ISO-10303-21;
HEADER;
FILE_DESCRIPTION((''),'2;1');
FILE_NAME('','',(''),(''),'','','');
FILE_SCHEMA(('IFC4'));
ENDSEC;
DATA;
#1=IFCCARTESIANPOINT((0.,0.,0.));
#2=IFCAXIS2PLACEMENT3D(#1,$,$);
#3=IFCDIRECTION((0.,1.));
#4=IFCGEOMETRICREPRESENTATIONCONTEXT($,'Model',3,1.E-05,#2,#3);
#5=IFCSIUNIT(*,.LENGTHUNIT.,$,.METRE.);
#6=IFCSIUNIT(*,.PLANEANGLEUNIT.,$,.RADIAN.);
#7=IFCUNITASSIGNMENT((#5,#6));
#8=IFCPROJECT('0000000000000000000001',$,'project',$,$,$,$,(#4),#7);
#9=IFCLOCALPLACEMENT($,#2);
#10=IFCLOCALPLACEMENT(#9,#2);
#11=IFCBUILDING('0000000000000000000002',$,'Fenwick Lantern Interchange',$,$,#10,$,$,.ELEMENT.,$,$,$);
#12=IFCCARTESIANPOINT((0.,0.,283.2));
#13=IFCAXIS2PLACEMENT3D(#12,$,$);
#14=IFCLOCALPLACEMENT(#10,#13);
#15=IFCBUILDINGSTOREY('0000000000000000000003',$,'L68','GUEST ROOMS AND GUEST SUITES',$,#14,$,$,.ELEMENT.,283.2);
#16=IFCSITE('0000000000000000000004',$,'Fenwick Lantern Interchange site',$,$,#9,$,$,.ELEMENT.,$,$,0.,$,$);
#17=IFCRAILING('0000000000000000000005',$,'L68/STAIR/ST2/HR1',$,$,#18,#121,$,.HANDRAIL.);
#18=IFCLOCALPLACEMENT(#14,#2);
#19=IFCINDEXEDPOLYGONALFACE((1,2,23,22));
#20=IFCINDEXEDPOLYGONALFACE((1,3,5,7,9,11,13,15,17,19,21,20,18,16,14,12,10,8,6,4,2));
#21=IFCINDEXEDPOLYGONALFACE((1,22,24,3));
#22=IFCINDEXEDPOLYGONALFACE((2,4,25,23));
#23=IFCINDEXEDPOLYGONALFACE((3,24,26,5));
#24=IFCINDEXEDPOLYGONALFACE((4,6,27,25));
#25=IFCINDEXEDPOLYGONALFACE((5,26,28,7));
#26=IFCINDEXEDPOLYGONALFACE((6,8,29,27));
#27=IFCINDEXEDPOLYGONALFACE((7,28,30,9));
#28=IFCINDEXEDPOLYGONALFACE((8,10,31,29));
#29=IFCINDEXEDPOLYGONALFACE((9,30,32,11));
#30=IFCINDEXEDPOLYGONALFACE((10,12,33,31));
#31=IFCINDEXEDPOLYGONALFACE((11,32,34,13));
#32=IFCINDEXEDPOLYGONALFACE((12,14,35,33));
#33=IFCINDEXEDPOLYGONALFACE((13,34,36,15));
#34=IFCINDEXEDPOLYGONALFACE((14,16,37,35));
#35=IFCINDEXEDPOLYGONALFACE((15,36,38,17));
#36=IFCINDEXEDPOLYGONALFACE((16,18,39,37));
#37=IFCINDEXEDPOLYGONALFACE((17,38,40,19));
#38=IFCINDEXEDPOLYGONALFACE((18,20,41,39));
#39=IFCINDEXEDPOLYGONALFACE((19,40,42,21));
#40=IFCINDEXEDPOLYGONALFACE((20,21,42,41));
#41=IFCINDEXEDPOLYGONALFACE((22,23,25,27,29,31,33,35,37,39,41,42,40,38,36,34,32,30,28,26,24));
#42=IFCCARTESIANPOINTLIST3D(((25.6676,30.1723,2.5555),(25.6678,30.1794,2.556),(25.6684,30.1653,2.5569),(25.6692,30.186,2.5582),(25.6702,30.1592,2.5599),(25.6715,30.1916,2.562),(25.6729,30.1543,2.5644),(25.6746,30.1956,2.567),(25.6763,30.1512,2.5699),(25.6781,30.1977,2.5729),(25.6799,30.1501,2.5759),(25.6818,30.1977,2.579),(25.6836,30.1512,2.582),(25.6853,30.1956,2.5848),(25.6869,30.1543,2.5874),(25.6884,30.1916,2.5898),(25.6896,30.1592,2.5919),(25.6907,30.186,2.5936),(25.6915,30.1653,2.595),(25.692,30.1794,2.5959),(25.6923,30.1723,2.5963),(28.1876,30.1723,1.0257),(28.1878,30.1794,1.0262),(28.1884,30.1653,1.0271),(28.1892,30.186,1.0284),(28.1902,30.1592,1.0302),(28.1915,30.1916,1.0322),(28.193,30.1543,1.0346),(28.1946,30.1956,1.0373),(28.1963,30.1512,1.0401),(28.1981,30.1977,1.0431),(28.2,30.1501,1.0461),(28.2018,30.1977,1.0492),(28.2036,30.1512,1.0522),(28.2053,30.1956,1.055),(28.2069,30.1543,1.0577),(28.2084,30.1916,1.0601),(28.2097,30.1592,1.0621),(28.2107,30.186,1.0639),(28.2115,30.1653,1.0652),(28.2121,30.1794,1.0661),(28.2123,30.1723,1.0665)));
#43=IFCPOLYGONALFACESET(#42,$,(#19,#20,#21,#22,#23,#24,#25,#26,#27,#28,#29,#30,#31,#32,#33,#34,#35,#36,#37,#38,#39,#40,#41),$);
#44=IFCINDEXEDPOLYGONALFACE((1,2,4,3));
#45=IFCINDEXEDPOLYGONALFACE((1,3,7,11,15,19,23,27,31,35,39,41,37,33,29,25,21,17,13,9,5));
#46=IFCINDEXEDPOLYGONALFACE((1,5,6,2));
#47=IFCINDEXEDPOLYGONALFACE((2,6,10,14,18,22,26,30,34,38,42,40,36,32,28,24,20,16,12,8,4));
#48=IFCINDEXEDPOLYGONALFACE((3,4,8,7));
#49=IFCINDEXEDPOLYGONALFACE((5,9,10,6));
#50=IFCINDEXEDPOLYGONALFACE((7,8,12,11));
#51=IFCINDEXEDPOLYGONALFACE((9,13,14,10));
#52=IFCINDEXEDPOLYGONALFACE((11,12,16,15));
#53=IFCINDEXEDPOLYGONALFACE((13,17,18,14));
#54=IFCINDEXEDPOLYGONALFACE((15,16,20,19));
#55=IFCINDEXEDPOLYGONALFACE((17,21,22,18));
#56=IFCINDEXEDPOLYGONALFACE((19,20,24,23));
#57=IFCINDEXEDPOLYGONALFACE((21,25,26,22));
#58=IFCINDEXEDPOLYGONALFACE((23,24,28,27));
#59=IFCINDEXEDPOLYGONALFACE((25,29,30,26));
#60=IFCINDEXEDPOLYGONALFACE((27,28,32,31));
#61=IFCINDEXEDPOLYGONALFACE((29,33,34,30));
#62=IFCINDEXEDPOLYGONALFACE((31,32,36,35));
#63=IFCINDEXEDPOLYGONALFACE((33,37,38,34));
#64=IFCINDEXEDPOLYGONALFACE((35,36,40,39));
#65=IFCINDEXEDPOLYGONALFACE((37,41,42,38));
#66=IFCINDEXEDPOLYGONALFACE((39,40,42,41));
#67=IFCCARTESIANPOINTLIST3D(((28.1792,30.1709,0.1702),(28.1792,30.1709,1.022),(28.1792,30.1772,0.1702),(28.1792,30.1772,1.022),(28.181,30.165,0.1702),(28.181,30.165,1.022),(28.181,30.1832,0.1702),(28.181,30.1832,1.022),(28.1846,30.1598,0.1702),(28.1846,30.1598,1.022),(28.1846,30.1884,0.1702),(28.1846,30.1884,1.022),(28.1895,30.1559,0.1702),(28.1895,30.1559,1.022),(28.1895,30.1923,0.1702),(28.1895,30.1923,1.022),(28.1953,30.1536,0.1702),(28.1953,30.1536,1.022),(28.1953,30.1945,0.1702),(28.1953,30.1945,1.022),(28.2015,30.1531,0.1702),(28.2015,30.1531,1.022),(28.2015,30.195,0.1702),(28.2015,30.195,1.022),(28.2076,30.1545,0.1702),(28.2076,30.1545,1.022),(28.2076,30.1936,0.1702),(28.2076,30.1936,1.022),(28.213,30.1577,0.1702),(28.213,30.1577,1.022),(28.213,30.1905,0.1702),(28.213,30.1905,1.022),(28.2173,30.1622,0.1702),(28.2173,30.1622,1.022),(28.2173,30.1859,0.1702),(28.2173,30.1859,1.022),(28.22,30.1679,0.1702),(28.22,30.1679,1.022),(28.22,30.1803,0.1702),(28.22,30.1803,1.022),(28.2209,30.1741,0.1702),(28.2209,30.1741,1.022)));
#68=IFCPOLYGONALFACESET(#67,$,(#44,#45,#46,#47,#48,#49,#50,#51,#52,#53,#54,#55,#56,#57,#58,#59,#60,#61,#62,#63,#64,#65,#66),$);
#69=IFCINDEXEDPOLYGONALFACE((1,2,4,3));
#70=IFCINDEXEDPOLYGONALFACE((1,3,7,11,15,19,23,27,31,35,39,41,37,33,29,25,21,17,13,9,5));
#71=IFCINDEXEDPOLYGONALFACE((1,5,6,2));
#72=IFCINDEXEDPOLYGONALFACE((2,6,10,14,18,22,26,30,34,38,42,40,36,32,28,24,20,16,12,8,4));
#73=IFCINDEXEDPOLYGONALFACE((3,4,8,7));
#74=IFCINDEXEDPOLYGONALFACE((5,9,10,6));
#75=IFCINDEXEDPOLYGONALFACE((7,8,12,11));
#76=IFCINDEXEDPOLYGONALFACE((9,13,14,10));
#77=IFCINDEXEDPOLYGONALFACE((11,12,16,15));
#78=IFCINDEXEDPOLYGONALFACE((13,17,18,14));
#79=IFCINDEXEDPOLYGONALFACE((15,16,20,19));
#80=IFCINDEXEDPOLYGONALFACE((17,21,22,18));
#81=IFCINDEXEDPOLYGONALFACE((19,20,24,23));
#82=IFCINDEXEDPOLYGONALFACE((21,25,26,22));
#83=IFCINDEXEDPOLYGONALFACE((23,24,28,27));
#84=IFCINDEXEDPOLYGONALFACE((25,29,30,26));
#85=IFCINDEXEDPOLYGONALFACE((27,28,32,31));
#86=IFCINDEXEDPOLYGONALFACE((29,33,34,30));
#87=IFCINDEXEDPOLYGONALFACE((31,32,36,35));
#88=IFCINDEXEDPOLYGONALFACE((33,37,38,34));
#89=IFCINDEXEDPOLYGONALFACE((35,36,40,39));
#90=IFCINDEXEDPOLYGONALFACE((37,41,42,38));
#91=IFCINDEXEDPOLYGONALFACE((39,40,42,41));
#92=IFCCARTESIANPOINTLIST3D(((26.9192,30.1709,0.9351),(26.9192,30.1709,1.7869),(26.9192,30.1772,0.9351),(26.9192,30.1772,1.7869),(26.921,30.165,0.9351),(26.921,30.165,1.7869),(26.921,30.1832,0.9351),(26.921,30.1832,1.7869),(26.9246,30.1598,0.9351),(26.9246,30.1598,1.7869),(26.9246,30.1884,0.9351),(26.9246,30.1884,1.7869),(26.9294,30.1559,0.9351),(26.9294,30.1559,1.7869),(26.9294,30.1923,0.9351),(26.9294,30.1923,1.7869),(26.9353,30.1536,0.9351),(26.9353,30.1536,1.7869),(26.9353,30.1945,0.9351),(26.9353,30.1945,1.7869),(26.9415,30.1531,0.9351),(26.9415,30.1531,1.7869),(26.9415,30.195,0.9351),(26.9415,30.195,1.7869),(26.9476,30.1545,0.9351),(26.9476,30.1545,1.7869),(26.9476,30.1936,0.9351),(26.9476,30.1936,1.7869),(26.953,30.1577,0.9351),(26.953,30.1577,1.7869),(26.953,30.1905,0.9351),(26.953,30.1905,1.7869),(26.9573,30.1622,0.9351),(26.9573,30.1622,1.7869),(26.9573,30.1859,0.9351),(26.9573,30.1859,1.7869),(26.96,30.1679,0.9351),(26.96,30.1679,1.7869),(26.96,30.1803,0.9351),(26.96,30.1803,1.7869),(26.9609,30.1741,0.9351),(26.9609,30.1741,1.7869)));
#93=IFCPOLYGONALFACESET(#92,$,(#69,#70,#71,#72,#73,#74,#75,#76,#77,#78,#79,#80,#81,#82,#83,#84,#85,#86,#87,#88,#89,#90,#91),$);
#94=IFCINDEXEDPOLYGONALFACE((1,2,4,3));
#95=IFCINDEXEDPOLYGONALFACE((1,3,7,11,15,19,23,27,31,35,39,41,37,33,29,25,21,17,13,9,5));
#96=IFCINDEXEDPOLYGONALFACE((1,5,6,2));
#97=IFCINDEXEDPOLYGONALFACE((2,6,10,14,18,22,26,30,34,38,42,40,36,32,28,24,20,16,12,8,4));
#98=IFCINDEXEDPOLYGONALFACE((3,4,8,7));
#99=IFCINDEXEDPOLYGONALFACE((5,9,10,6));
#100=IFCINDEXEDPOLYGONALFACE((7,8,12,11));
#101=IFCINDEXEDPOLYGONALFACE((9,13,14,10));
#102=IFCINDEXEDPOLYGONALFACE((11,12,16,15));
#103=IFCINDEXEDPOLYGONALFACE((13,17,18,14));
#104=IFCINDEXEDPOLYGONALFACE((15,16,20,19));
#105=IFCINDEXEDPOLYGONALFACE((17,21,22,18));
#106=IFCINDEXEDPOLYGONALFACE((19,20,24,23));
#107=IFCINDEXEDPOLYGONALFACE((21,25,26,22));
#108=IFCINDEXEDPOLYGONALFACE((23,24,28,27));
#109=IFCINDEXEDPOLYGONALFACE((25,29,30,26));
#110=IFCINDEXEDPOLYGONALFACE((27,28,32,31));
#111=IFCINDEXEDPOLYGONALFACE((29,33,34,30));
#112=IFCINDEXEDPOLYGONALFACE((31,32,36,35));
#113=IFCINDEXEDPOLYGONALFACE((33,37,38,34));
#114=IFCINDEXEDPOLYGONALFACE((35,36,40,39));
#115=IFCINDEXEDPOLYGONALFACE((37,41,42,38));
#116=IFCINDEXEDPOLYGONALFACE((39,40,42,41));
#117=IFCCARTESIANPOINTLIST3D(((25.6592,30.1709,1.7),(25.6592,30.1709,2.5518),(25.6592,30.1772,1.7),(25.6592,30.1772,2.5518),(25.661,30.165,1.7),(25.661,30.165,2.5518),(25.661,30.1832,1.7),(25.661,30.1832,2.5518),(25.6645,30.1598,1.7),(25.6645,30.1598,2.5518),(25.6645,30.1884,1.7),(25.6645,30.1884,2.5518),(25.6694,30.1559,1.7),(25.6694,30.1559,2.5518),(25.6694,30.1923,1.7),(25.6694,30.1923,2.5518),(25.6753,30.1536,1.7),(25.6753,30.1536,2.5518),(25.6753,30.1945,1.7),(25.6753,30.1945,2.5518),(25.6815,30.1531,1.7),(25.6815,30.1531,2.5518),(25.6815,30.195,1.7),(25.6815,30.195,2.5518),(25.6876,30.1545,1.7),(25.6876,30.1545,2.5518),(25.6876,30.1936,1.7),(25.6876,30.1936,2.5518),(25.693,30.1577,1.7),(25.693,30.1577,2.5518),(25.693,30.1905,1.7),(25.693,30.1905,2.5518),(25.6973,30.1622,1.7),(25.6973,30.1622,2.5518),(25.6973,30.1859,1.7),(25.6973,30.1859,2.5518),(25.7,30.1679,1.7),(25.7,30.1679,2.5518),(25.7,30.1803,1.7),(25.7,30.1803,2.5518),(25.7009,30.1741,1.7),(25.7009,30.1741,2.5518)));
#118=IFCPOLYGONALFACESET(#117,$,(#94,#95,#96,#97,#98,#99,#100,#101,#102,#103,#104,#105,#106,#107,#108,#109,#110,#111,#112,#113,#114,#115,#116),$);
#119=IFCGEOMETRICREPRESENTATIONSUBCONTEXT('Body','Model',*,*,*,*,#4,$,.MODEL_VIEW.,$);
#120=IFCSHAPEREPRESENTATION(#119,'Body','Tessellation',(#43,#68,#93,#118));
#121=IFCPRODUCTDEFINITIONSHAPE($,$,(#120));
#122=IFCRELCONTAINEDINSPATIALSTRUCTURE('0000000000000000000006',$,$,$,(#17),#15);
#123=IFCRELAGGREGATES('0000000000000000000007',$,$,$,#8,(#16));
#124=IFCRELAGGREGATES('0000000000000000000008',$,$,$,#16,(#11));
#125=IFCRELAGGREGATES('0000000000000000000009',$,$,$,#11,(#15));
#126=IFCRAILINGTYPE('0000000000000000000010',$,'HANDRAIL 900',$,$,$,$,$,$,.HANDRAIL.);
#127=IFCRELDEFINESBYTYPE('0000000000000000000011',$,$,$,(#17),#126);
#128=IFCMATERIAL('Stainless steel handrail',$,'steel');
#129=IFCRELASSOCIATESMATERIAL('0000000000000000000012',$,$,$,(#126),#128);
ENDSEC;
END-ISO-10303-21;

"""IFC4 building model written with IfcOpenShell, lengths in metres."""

from ifc_helpers import new_model, si_unit, direction, frame, origin, origin_2d, place, context, subcontext, project, spatial, circle, extrude, material, type_object, element, save


model = new_model("IFC4")

# Units and contexts
model_context = context("Model", 3, precision=1e-05, world=origin(), true_north=direction((0.0, 1.0)))
body_context = subcontext(model_context, "Body", "Model", "MODEL_VIEW")
ifc_project = project(units=[si_unit("LENGTHUNIT", "METRE"), si_unit("PLANEANGLEUNIT", "RADIAN")], contexts=[model_context])

# Site, building, storey
site_placement = place(None, origin())
site = spatial("IfcSite", under=ifc_project, at=site_placement, Name="Fenwick Lantern Interchange site", CompositionType="ELEMENT", RefElevation=0.0)
building_placement = place(site_placement, origin())
building = spatial("IfcBuilding", under=site, at=building_placement, Name="Fenwick Lantern Interchange", CompositionType="ELEMENT")
storey_placement = place(building_placement, frame((0.0, 0.0, 283.2)))
storey = spatial("IfcBuildingStorey", under=building, at=storey_placement, Name="L68", Description="GUEST ROOMS AND GUEST SUITES", CompositionType="ELEMENT", Elevation=283.2)

# Railing
ifc_material_1 = material(Name="Stainless steel handrail", Category="steel")
railing_type = type_object("IfcRailingType", Name="HANDRAIL 900", PredefinedType="HANDRAIL", material=ifc_material_1)
railing_placement = place(storey_placement, frame((28.2, 30.1741, 0.1702)))
element("IfcRailing", 1, at=railing_placement, inside=storey, type_object=railing_type, Name="L68/STAIR/ST2/HR1", PredefinedType="HANDRAIL", context=body_context, shape_type="SweptSolid", body=[
    extrude(circle(Radius=0.0239, at=origin_2d()), frame((0.0, 0.0, 0.876), z_axis=(-0.854822, 0.0, 0.518922), x_axis=(0.0, -1.0, 0.0)), (0.0, 0.0, 1.0), 2.948),
    extrude(circle(Radius=0.021, at=origin_2d()), origin(), (0.0, 0.0, 1.0), 0.8518),
    extrude(circle(Radius=0.021, at=origin_2d()), frame((-1.26, 0.0, 0.7649)), (0.0, 0.0, 1.0), 0.8518),
    extrude(circle(Radius=0.021, at=origin_2d()), frame((-2.52, 0.0, 1.5298)), (0.0, 0.0, 1.0), 0.8518),
])

save(model, "model.ifc")
